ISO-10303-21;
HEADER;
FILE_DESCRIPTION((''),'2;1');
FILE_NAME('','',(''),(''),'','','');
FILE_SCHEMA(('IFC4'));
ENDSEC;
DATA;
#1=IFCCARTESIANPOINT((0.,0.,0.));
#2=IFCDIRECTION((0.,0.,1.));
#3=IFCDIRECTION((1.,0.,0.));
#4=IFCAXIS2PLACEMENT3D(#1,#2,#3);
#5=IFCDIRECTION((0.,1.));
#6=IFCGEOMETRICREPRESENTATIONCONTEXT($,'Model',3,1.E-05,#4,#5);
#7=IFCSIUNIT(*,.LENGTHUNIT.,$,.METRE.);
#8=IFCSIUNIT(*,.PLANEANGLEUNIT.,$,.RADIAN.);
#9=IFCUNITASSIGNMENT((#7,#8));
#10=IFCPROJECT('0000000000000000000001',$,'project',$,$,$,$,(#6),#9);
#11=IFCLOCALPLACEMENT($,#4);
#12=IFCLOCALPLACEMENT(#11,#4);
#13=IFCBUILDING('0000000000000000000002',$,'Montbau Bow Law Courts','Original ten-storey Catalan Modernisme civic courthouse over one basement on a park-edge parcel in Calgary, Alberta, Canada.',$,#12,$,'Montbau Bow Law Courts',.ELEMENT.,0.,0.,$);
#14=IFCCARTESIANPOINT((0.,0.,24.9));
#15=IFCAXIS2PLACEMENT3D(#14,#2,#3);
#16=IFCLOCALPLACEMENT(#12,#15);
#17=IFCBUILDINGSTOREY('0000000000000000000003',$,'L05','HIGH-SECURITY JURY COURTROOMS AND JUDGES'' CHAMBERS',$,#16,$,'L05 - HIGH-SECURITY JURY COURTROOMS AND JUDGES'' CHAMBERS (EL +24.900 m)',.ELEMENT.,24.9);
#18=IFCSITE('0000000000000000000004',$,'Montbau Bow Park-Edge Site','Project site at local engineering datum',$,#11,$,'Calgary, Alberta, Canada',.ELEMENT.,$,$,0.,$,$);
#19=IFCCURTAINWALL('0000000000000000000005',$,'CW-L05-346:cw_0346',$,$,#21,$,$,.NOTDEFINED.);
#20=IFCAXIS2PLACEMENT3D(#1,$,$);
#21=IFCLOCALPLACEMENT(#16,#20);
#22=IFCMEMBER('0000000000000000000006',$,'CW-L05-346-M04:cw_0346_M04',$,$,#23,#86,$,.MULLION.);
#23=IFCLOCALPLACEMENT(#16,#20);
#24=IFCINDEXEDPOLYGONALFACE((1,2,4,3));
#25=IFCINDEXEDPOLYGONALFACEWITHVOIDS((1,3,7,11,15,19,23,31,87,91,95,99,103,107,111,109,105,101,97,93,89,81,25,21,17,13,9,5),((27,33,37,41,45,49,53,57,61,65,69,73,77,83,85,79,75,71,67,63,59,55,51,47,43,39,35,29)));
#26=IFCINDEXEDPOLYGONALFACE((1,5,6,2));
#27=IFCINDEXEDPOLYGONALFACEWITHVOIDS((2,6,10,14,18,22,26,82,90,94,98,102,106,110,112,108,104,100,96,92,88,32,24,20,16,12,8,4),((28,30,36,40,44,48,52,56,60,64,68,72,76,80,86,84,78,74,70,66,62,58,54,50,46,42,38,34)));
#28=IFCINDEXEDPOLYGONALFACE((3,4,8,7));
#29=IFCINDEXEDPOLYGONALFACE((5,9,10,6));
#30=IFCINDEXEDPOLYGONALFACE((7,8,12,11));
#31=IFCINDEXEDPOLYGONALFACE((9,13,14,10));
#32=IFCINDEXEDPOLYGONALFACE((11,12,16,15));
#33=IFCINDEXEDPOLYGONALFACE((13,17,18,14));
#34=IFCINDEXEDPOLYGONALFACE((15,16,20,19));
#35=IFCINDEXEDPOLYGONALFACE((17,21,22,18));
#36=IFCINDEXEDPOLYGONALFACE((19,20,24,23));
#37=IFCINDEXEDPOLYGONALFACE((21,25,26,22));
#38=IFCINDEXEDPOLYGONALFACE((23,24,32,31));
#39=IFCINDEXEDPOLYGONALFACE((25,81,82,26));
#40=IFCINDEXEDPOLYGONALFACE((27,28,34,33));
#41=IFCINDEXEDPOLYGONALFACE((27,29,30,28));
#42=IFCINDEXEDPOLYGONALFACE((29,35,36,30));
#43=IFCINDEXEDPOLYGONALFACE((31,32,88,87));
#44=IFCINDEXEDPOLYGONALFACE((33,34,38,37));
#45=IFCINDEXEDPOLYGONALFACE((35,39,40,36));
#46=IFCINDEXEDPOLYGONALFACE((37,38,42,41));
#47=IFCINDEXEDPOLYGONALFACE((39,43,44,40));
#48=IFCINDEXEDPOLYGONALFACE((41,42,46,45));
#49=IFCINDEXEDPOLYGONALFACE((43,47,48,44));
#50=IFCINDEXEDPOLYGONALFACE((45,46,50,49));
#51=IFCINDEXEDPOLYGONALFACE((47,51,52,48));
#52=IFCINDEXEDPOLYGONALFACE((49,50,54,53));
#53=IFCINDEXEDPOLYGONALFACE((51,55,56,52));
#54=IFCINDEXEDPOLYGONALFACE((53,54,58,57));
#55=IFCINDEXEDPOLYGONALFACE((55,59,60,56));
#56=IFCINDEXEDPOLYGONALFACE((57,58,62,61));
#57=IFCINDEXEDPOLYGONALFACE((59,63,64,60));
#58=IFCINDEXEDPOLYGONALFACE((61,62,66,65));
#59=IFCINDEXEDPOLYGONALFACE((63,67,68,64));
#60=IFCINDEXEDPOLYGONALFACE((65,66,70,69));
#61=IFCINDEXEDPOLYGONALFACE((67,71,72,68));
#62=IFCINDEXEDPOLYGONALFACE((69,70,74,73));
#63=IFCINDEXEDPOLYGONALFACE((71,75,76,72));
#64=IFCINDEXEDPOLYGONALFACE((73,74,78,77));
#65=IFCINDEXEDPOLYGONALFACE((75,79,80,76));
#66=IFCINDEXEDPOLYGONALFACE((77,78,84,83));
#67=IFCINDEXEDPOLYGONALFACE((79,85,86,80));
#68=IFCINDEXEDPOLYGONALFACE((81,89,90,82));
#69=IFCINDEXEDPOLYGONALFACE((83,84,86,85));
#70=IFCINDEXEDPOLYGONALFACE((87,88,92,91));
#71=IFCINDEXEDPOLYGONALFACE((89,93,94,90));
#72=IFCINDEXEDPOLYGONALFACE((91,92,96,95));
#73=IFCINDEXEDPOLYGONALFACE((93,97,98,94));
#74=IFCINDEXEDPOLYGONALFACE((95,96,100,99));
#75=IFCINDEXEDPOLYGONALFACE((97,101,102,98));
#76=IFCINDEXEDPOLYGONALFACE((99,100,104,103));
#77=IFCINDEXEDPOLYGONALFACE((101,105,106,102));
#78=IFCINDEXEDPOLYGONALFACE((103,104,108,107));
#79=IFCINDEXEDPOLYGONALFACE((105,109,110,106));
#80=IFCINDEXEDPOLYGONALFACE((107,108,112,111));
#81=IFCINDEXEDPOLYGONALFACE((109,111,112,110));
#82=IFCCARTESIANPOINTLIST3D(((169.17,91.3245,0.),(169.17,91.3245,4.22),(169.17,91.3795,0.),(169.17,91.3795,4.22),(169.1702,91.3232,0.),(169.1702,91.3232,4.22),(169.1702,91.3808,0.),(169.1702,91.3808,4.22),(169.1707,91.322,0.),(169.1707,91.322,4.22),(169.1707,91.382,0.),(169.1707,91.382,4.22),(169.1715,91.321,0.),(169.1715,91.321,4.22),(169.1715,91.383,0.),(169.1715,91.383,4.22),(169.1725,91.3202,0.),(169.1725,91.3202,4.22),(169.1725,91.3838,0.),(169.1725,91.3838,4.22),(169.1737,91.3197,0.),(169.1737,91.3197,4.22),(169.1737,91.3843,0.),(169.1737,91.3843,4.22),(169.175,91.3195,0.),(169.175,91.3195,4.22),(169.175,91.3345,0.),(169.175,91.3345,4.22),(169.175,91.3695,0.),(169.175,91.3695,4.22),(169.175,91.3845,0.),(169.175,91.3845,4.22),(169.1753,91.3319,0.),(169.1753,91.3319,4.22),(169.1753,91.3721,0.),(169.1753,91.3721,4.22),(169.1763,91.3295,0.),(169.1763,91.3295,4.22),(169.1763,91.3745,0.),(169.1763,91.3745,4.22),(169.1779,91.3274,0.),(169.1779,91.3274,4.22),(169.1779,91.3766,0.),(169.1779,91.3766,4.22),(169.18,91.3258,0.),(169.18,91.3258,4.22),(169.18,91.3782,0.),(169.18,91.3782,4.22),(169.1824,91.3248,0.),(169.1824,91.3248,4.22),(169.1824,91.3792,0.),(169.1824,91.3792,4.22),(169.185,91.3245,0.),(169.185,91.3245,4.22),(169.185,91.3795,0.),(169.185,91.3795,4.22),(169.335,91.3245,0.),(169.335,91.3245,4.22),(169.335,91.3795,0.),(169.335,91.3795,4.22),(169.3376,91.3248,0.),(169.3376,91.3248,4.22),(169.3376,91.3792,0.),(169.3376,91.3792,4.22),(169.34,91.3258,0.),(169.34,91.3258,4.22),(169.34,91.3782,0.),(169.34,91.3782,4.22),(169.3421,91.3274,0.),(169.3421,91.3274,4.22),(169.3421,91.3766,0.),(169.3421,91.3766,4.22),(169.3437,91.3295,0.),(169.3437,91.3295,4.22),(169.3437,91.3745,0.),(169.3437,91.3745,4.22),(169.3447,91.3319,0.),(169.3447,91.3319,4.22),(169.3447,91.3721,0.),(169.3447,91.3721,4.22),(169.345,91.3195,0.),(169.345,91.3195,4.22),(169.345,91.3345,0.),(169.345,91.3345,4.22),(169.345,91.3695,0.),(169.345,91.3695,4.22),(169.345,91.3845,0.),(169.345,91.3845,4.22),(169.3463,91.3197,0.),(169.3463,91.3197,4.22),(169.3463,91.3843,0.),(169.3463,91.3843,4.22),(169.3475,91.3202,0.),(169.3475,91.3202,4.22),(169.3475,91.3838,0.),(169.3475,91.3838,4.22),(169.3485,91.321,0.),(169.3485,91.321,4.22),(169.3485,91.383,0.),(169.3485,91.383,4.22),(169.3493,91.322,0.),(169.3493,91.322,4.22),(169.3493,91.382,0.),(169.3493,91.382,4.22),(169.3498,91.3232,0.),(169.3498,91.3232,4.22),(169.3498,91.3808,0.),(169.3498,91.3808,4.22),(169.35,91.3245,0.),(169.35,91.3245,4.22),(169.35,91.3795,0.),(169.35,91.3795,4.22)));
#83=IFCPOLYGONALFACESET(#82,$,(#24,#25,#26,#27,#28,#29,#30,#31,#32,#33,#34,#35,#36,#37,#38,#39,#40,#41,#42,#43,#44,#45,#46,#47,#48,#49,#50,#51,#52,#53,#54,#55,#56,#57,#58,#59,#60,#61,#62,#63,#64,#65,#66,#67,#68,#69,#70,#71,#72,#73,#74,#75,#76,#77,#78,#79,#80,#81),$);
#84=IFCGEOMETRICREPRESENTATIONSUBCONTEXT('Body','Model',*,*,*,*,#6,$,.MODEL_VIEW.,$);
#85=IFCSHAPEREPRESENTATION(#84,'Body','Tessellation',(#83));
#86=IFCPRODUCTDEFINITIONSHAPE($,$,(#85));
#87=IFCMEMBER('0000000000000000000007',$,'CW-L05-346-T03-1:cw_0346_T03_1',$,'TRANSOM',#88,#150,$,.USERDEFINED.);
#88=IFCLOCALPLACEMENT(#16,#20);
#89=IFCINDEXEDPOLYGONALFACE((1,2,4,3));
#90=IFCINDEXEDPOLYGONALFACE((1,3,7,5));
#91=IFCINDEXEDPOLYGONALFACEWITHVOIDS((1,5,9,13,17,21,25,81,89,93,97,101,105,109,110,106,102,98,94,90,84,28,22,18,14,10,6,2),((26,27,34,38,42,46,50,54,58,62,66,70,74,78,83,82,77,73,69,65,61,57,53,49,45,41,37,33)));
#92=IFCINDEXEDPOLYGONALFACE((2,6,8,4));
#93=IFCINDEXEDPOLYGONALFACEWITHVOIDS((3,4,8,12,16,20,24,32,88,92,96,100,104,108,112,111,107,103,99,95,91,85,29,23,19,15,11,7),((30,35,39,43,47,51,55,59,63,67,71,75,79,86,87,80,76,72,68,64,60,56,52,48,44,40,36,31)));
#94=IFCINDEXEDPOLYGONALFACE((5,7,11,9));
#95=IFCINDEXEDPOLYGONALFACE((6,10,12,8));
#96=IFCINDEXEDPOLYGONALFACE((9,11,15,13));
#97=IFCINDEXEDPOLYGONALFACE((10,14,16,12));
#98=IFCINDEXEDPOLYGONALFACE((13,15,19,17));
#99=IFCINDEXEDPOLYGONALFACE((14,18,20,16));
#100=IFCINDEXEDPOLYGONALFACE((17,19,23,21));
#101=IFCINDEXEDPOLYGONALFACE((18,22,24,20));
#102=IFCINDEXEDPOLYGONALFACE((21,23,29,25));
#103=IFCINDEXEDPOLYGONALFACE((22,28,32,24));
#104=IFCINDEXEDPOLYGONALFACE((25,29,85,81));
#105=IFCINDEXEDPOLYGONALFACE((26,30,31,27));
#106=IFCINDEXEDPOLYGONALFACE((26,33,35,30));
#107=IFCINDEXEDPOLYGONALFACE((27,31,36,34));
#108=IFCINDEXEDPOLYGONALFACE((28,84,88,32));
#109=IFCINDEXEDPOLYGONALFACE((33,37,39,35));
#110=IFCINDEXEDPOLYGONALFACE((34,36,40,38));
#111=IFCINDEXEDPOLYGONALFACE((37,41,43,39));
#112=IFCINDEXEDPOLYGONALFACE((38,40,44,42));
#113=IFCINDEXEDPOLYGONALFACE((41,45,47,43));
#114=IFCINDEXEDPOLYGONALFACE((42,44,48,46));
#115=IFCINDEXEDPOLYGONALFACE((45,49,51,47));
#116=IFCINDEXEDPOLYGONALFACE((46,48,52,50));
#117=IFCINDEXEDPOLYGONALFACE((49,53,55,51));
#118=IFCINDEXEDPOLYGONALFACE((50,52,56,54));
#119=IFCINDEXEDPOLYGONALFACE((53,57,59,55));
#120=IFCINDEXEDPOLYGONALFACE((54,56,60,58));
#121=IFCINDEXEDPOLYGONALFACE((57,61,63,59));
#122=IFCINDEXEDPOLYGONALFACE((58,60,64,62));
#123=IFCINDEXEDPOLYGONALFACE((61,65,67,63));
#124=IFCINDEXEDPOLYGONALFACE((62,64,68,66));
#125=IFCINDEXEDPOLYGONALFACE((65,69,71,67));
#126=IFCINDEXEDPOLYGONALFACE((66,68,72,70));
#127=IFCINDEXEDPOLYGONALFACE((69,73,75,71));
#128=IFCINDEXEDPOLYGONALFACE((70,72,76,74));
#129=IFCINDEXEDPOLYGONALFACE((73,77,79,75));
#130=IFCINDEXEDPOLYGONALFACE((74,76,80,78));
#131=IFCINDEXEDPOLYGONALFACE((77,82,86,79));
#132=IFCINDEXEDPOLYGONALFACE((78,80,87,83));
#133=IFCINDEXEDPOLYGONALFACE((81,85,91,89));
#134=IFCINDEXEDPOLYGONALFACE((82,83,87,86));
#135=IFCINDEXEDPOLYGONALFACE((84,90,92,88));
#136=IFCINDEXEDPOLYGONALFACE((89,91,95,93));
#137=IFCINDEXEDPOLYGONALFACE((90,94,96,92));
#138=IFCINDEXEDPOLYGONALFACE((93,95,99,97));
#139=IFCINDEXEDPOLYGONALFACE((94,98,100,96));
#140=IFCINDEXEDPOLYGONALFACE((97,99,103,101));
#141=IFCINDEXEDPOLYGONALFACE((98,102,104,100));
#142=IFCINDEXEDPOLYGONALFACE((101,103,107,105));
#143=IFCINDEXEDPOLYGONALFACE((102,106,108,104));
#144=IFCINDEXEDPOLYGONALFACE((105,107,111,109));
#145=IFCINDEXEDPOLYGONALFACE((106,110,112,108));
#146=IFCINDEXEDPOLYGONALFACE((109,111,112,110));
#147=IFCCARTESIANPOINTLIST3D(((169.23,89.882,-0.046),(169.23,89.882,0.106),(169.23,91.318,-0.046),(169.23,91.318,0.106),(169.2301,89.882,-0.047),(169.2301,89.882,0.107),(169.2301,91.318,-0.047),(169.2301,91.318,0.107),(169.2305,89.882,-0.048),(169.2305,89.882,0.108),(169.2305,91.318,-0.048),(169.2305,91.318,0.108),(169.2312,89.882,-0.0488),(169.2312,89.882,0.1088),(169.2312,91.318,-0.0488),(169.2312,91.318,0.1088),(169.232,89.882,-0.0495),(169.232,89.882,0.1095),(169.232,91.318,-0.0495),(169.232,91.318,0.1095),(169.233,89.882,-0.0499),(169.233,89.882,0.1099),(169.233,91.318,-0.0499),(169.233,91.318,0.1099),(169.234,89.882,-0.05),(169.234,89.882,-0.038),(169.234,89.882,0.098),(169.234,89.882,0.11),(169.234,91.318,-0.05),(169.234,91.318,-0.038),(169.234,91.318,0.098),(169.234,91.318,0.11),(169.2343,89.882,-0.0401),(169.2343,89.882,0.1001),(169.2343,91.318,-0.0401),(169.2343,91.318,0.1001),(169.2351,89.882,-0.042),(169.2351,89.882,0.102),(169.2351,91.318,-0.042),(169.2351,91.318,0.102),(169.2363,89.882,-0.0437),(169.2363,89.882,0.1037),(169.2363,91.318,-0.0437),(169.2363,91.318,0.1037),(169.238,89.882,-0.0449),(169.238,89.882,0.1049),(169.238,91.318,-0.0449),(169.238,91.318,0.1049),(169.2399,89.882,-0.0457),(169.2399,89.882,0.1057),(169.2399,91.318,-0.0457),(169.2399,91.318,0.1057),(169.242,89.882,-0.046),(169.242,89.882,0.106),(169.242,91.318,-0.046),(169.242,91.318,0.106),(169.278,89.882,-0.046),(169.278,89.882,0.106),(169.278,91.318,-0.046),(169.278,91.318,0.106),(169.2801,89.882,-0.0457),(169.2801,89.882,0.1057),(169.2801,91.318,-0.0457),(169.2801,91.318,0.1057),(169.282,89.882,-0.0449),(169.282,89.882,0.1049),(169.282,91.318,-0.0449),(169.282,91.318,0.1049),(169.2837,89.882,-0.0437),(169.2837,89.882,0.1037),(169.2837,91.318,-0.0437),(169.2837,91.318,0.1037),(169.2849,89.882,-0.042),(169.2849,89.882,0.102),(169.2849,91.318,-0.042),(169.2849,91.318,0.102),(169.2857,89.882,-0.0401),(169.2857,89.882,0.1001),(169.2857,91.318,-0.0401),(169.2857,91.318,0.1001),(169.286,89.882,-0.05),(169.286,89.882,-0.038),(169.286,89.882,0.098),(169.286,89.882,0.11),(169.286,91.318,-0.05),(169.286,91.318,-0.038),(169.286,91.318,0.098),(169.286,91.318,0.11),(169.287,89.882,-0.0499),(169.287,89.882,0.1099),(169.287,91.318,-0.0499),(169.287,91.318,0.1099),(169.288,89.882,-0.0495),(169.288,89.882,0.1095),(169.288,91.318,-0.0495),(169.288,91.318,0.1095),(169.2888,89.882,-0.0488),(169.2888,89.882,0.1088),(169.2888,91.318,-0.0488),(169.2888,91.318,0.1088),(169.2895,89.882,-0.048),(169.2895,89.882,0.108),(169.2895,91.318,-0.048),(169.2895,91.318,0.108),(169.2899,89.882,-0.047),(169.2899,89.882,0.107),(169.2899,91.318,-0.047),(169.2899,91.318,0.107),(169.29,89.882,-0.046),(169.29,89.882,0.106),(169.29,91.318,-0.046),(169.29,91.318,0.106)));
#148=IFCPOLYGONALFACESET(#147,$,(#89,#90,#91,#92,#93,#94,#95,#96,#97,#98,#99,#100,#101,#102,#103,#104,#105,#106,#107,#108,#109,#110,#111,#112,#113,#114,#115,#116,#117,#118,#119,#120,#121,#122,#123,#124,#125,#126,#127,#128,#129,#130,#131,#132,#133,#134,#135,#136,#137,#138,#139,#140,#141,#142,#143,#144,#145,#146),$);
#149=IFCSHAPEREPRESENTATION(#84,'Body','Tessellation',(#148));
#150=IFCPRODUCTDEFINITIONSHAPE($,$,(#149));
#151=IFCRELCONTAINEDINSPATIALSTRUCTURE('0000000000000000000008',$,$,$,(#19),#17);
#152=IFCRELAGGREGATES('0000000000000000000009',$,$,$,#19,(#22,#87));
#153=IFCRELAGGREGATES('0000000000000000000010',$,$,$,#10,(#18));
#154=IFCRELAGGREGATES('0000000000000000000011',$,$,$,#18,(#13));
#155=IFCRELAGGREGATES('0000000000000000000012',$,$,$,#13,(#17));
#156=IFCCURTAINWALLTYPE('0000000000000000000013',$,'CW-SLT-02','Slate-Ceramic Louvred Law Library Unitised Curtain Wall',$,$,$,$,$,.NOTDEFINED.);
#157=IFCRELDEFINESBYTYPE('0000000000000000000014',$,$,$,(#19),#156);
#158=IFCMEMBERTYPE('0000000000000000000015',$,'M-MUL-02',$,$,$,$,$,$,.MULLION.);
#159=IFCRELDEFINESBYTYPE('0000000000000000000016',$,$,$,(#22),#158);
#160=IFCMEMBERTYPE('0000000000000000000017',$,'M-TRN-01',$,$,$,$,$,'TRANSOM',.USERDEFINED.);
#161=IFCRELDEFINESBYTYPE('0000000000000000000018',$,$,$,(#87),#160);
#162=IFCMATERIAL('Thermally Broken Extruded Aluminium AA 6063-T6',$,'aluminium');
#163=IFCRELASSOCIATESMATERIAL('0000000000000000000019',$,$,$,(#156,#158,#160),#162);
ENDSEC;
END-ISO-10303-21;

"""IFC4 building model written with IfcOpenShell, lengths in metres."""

from ifc_helpers import new_model, si_unit, direction, frame, origin_with_axes, origin_2d_with_axis, place, context, subcontext, project, spatial, hollow_rectangle, extrude, material, material_profile, profile_set, type_object, element, aggregate, save


model = new_model("IFC4")

# Units and contexts
model_context = context("Model", 3, precision=1e-05, world=origin_with_axes(), true_north=direction((0.0, 1.0)))
body_context = subcontext(model_context, "Body", "Model", "MODEL_VIEW")
ifc_project = project(units=[si_unit("LENGTHUNIT", "METRE"), si_unit("PLANEANGLEUNIT", "RADIAN")], contexts=[model_context])

# Site, building, storey
site_placement = place(None, origin_with_axes())
site = spatial("IfcSite", under=ifc_project, at=site_placement, Name="Montbau Bow Park-Edge Site", Description="Project site at local engineering datum", LongName="Calgary, Alberta, Canada", CompositionType="ELEMENT", RefElevation=0.0)
building_placement = place(site_placement, origin_with_axes())
building = spatial("IfcBuilding", under=site, at=building_placement, Name="Montbau Bow Law Courts", Description="Original ten-storey Catalan Modernisme civic courthouse over one basement on a park-edge parcel in Calgary, Alberta, Canada.", LongName="Montbau Bow Law Courts", CompositionType="ELEMENT", ElevationOfRefHeight=0.0, ElevationOfTerrain=0.0)
storey_placement = place(building_placement, frame((0.0, 0.0, 24.9), z_axis=(0.0, 0.0, 1.0), x_axis=(1.0, 0.0, 0.0)))
storey = spatial("IfcBuildingStorey", under=building, at=storey_placement, Name="L05", Description="HIGH-SECURITY JURY COURTROOMS AND JUDGES' CHAMBERS", LongName="L05 - HIGH-SECURITY JURY COURTROOMS AND JUDGES' CHAMBERS (EL +24.900 m)", CompositionType="ELEMENT", Elevation=24.9)

# Curtain wall, members
ifc_material_1 = material(Name="Thermally Broken Extruded Aluminium AA 6063-T6", Category="aluminium")
curtain_wall_type = type_object("IfcCurtainWallType", Name="CW-SLT-02", Description="Slate-Ceramic Louvred Law Library Unitised Curtain Wall", PredefinedType="NOTDEFINED", material=ifc_material_1)
curtain_wall_placement = place(None, frame((169.26, 86.84, 24.9), z_axis=(0.0, 0.0, 1.0), x_axis=(1.0, 0.0, 0.0)))
curtain_wall = element("IfcCurtainWall", 1, at=curtain_wall_placement, inside=storey, type_object=curtain_wall_type, Name="CW-L05-346:cw_0346", PredefinedType="NOTDEFINED")
ifc_material_profile_1 = material_profile(ifc_material_1, hollow_rectangle(XDim=0.065, YDim=0.18, WallThickness=0.005, InnerFilletRadius=0.01, OuterFilletRadius=0.005, at=origin_2d_with_axis()), Name="CWM-180X65", Category="Main", Priority=0)
ifc_profile_set_1 = profile_set([ifc_material_profile_1], Name="Thermally Broken Extruded Aluminium AA 6063-T6")
member_type_1 = type_object("IfcMemberType", Name="M-MUL-02", PredefinedType="MULLION", material=ifc_profile_set_1)
member_1_placement = place(None, frame((169.26, 91.352, 24.9), z_axis=(0.0, 0.0, 1.0), x_axis=(0.0, 1.0, 0.0)))
member_1 = element("IfcMember", 2, at=member_1_placement, type_object=member_type_1, Name="CW-L05-346-M04:cw_0346_M04", PredefinedType="MULLION", context=body_context, shape_type="SweptSolid", body=[
    extrude(hollow_rectangle(XDim=0.065, YDim=0.18, WallThickness=0.005, InnerFilletRadius=0.01, OuterFilletRadius=0.005, at=origin_2d_with_axis()), origin_with_axes(), (0.0, 0.0, 1.0), 4.22),
])
ifc_material_profile_2 = material_profile(ifc_material_1, hollow_rectangle(XDim=0.06, YDim=0.16, WallThickness=0.004, InnerFilletRadius=0.008, OuterFilletRadius=0.004, at=origin_2d_with_axis()), Name="CWT-160X60", Category="Main", Priority=0)
ifc_profile_set_2 = profile_set([ifc_material_profile_2], Name="Thermally Broken Extruded Aluminium AA 6063-T6")
member_type_2 = type_object("IfcMemberType", Name="M-TRN-01", ElementType="TRANSOM", PredefinedType="USERDEFINED", material=ifc_profile_set_2)
member_2_placement = place(None, frame((169.26, 89.882, 24.93), z_axis=(0.0, 1.0, 0.0), x_axis=(-1.0, 0.0, 0.0)))
member_2 = element("IfcMember", 3, at=member_2_placement, type_object=member_type_2, Name="CW-L05-346-T03-1:cw_0346_T03_1", ObjectType="TRANSOM", PredefinedType="USERDEFINED", context=body_context, shape_type="SweptSolid", body=[
    extrude(hollow_rectangle(XDim=0.06, YDim=0.16, WallThickness=0.004, InnerFilletRadius=0.008, OuterFilletRadius=0.004, at=origin_2d_with_axis()), origin_with_axes(), (0.0, 0.0, 1.0), 1.436),
])
aggregate(curtain_wall, [member_1, member_2])

save(model, "model.ifc")
